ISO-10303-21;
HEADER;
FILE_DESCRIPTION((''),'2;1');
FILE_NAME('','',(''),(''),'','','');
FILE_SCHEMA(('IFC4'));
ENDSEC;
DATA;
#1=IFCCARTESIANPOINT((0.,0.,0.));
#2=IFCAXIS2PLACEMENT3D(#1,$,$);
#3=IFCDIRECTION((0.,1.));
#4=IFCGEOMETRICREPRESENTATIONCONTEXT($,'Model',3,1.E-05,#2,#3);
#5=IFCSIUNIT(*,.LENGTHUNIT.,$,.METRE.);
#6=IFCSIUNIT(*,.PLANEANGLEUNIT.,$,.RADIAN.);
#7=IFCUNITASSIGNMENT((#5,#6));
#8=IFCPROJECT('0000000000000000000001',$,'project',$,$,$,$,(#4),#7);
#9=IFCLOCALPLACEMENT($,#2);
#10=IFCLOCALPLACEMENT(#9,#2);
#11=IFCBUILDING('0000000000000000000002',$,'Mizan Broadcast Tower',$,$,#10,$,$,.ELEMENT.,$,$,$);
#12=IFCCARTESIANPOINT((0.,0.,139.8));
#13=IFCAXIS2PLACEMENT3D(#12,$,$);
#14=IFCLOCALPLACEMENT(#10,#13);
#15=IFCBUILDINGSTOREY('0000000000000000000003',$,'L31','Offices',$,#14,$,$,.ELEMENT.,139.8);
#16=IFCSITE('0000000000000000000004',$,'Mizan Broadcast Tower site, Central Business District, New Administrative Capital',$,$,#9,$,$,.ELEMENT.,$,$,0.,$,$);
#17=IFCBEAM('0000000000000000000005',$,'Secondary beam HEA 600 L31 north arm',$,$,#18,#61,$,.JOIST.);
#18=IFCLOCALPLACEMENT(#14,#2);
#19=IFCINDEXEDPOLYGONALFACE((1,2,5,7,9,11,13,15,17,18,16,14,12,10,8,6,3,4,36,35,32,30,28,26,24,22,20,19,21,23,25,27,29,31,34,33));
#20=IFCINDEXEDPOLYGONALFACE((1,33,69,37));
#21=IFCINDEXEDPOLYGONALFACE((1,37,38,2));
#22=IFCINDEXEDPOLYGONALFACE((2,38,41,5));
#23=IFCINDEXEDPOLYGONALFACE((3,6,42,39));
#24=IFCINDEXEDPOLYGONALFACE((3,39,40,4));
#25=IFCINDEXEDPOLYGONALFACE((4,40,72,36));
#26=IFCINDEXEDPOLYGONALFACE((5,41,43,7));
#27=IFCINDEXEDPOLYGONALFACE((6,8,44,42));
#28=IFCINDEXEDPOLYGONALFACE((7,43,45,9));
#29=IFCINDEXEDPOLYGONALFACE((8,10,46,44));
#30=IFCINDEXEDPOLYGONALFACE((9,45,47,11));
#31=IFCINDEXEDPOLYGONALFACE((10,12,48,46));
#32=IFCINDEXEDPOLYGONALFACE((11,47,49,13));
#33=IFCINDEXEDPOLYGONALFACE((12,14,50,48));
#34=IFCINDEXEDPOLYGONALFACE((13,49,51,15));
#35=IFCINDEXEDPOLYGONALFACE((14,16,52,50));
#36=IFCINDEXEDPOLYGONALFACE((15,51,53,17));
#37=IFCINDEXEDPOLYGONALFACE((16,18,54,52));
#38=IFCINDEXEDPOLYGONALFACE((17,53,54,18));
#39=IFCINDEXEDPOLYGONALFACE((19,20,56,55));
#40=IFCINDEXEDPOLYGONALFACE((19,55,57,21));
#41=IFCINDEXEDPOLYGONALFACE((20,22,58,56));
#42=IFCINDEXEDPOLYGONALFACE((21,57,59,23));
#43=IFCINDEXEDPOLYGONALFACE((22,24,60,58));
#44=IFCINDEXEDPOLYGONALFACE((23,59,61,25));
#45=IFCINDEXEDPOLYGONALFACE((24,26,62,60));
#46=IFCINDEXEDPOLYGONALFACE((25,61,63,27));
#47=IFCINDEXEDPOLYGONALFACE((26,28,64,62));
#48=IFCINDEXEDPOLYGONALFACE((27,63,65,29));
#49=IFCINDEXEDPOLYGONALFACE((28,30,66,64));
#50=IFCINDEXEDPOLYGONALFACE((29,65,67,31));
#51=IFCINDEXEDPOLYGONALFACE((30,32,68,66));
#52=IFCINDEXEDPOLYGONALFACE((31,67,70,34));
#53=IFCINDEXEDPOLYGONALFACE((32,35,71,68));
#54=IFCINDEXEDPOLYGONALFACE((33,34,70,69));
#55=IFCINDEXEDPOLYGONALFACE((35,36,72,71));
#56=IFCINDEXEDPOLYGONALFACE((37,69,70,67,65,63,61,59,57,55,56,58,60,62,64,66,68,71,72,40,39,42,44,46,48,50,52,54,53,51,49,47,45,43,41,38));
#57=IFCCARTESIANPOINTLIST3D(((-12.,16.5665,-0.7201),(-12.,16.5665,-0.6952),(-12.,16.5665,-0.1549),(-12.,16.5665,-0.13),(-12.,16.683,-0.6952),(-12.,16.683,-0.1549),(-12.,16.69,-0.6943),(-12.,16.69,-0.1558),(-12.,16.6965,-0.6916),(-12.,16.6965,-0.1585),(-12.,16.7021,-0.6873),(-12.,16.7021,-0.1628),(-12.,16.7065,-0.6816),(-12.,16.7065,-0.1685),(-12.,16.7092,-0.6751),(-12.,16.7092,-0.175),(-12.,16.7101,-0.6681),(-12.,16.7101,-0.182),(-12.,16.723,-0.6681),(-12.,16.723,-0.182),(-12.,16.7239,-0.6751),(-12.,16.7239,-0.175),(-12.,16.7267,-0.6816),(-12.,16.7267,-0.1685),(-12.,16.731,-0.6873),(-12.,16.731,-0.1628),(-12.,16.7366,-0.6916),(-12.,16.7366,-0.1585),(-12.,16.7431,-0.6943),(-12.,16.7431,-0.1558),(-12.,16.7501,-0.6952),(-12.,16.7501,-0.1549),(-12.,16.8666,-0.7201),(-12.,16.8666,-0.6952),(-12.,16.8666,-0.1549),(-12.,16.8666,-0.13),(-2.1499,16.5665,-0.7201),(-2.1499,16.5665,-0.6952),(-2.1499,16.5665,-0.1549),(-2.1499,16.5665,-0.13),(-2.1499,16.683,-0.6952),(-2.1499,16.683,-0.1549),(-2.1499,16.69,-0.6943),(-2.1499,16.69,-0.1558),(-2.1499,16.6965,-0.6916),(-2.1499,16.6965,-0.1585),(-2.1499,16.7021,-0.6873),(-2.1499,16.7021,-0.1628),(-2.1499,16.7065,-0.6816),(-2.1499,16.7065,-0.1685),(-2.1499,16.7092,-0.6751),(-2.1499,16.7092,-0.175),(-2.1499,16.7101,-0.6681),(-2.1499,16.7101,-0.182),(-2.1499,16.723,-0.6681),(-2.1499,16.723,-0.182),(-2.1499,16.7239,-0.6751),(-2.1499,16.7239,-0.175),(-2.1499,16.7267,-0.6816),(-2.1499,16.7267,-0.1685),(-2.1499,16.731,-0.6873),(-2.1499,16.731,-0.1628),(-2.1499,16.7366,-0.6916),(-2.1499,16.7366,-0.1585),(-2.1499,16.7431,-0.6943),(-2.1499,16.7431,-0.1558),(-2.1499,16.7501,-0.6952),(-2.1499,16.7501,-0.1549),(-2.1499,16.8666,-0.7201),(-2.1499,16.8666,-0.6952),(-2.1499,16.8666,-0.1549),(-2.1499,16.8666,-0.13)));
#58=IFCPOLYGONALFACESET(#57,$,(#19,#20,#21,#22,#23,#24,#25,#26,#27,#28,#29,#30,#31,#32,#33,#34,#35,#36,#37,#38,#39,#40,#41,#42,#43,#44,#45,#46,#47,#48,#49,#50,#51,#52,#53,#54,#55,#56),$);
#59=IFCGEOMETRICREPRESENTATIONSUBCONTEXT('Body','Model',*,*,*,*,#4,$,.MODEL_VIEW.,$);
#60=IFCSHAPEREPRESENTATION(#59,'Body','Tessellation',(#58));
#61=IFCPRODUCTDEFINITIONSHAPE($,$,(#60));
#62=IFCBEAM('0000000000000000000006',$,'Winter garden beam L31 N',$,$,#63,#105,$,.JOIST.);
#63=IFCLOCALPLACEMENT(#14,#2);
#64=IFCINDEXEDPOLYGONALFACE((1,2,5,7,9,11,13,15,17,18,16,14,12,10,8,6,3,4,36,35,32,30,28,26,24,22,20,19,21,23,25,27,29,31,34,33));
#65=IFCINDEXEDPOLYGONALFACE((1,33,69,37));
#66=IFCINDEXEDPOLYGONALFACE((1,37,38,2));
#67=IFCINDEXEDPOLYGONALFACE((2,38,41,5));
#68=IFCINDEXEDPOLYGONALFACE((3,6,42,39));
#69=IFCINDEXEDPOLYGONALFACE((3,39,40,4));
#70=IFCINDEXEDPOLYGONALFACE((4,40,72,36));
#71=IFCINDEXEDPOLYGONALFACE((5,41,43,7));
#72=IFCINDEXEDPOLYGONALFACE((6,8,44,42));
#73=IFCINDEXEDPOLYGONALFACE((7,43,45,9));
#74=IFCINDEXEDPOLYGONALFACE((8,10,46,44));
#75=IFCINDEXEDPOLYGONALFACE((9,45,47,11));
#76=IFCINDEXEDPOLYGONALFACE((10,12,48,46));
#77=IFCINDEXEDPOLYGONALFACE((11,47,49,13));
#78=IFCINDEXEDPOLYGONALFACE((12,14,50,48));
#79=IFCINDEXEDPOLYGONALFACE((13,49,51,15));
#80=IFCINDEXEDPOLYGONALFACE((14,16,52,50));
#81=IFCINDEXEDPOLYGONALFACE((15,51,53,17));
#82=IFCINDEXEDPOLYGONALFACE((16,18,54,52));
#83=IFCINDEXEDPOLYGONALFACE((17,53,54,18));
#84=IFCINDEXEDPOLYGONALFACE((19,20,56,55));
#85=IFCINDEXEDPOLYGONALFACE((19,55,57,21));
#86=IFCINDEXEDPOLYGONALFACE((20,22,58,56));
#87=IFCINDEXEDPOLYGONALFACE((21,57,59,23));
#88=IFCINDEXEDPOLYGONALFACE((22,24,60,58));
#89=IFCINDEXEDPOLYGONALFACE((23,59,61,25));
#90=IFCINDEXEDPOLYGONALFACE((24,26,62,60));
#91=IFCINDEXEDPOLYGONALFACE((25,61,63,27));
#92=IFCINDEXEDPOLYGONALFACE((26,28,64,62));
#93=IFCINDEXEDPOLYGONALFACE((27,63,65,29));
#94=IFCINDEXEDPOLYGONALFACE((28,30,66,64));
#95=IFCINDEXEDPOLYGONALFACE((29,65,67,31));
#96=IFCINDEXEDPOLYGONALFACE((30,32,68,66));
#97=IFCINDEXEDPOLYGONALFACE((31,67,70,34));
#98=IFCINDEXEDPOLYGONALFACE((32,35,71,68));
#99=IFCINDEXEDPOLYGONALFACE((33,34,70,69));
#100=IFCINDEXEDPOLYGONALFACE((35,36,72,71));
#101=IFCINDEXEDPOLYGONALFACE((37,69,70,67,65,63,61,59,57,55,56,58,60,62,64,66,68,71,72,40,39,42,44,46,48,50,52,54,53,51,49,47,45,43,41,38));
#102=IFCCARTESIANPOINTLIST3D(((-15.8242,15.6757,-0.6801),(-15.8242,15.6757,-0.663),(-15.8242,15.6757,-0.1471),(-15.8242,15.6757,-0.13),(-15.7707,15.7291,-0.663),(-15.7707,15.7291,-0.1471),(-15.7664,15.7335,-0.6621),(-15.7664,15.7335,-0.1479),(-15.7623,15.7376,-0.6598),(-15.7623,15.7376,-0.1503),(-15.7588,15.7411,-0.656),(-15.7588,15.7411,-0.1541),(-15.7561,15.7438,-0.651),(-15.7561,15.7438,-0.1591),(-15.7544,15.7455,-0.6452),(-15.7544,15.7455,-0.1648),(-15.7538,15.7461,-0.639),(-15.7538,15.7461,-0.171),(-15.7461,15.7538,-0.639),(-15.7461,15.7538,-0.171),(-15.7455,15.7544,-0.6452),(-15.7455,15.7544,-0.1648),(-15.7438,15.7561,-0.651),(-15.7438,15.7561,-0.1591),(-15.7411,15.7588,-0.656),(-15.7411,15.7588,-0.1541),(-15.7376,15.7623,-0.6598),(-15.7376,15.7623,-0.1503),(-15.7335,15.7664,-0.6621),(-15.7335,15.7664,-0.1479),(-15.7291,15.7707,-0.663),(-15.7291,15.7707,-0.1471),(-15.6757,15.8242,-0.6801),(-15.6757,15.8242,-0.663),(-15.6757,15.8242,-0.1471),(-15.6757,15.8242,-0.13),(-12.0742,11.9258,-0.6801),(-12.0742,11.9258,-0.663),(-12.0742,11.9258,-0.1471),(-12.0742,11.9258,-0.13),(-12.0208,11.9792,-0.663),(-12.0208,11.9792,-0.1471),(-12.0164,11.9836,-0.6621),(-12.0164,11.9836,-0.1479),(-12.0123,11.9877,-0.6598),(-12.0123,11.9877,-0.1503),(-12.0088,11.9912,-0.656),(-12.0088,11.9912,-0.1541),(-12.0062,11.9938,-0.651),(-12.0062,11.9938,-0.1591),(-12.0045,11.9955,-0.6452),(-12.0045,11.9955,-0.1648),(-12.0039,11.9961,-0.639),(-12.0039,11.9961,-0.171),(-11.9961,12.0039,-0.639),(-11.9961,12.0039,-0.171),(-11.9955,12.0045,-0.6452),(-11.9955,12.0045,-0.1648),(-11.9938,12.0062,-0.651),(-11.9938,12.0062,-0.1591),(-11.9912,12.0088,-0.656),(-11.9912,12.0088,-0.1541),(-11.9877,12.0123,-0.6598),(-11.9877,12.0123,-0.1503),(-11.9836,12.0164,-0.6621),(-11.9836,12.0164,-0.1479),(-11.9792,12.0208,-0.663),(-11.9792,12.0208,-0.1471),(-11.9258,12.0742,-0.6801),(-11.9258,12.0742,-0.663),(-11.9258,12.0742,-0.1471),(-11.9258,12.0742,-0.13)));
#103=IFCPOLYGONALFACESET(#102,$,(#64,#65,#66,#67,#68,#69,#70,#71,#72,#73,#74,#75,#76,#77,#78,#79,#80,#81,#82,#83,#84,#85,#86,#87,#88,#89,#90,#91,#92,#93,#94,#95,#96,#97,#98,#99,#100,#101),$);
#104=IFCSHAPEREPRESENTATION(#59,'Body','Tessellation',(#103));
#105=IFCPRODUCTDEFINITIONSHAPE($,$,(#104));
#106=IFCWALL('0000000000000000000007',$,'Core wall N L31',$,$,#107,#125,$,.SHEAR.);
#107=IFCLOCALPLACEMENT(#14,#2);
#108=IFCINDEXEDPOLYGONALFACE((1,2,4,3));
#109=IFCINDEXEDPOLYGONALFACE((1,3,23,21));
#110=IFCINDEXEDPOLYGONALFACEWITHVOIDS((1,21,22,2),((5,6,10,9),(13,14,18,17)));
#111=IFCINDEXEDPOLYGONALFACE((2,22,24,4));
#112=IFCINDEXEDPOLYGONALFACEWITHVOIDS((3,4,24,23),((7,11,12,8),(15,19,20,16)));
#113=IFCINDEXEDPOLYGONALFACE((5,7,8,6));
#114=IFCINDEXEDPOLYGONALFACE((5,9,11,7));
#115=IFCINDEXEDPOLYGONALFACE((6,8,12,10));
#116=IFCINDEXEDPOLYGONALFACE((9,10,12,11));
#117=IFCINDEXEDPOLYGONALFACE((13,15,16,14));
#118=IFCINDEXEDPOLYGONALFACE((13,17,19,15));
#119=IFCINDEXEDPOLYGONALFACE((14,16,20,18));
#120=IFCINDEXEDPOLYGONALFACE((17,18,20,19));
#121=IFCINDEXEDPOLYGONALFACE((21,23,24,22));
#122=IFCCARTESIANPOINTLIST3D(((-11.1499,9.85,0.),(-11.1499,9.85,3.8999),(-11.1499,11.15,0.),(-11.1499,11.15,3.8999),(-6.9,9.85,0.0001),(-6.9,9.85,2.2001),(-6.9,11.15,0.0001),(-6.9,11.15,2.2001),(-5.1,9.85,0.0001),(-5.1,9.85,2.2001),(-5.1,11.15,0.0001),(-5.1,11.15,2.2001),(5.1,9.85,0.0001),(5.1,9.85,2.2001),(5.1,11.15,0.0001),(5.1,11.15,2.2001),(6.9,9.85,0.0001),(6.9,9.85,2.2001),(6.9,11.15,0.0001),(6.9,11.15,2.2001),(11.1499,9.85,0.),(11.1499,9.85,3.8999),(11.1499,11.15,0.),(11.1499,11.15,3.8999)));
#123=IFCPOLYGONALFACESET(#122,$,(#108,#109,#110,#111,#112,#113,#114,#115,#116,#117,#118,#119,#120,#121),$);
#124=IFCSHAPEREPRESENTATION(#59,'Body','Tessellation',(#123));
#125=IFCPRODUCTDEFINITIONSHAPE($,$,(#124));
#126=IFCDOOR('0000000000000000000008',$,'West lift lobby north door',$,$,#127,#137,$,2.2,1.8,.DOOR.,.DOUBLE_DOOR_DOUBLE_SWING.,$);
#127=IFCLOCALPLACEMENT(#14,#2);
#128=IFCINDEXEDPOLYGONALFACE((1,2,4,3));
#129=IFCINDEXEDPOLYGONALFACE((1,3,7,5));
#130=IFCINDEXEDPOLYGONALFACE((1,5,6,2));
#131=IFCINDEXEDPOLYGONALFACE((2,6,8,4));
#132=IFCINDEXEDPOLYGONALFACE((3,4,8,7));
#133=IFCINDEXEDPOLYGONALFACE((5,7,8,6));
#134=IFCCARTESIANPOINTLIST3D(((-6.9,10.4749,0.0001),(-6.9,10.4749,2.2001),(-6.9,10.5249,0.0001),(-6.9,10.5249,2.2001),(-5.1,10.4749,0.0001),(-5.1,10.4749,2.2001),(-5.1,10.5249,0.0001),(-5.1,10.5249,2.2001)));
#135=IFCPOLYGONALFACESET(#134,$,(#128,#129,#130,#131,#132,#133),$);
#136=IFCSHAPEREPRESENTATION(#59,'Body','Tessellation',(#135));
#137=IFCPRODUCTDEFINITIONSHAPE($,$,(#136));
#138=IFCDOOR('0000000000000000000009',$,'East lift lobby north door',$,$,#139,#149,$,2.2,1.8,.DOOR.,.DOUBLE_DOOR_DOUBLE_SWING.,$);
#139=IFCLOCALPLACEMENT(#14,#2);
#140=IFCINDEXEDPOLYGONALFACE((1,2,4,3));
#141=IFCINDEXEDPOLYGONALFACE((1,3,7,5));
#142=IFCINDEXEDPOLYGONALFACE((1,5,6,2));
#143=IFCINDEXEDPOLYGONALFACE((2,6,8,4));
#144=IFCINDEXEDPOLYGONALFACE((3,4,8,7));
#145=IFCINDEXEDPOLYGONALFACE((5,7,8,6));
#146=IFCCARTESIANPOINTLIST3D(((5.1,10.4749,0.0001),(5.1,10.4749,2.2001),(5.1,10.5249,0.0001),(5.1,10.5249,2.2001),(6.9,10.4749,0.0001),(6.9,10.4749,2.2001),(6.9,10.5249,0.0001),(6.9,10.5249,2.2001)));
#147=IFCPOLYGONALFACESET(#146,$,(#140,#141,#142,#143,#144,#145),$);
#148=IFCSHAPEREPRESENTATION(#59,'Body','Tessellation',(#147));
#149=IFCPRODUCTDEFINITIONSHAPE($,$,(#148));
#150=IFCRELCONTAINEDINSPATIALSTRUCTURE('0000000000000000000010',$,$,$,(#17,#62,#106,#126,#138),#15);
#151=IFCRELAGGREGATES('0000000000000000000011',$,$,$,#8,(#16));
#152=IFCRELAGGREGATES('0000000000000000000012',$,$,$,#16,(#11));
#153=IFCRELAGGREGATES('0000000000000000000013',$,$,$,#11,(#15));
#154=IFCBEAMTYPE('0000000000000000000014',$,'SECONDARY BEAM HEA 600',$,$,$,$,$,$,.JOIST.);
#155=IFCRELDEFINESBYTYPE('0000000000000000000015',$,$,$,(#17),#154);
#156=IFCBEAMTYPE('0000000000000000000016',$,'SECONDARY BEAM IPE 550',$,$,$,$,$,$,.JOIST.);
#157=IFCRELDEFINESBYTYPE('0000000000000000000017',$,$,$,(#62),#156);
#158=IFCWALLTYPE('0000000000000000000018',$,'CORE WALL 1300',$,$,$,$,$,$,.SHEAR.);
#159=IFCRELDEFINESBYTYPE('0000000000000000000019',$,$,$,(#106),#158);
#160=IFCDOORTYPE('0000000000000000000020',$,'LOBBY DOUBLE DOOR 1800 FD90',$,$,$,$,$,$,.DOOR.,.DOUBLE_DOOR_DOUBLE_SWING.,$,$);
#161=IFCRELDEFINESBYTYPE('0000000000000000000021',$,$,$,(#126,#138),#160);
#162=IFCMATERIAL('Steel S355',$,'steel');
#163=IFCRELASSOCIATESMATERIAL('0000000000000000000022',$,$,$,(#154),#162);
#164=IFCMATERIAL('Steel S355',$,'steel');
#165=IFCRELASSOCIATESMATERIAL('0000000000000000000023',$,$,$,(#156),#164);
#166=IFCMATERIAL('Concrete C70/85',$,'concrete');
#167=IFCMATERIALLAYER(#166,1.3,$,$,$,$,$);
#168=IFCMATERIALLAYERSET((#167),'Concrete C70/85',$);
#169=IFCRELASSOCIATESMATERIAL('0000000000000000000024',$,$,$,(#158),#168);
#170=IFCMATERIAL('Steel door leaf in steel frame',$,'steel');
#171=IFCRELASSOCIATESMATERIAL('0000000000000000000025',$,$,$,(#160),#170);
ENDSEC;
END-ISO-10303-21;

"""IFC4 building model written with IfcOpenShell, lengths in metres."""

from ifc_helpers import new_model, si_unit, direction, frame, frame_2d, origin, origin_2d, place, context, subcontext, project, spatial, rectangle, i_section, extrude, material, layer, layer_set, material_profile, profile_set, type_object, element, fill, save


model = new_model("IFC4")

# Units and contexts
model_context = context("Model", 3, precision=1e-05, world=origin(), true_north=direction((0.0, 1.0)))
body_context = subcontext(model_context, "Body", "Model", "MODEL_VIEW")
ifc_project = project(units=[si_unit("LENGTHUNIT", "METRE"), si_unit("PLANEANGLEUNIT", "RADIAN")], contexts=[model_context])

# Site, building, storey
site_placement = place(None, origin())
site = spatial("IfcSite", under=ifc_project, at=site_placement, Name="Mizan Broadcast Tower site, Central Business District, New Administrative Capital", CompositionType="ELEMENT", RefElevation=0.0)
building_placement = place(site_placement, origin())
building = spatial("IfcBuilding", under=site, at=building_placement, Name="Mizan Broadcast Tower", CompositionType="ELEMENT")
storey_placement = place(building_placement, frame((0.0, 0.0, 139.8)))
storey = spatial("IfcBuildingStorey", under=building, at=storey_placement, Name="L31", Description="Offices", CompositionType="ELEMENT", Elevation=139.8)

# Beams
ifc_material_1 = material(Name="Steel S355", Category="steel")
ifc_material_profile_1 = material_profile(ifc_material_1, i_section(OverallWidth=0.3, OverallDepth=0.5901, WebThickness=0.0129, FlangeThickness=0.0249, FilletRadius=0.0271, at=origin_2d()), Name="HEA 600")
ifc_profile_set_1 = profile_set([ifc_material_profile_1], Name="Steel S355")
beam_type_1 = type_object("IfcBeamType", Name="SECONDARY BEAM HEA 600", PredefinedType="JOIST", material=ifc_profile_set_1)
for number, where, z_axis, x_axis, name in (
    (1, (-12.0, 16.7166, -0.425), (1.0, 0.0, 0.0), (0.0, 1.0, 0.0), "Secondary beam HEA 600 L31 north arm"),
):
    element("IfcBeam", number, at=place(storey_placement, frame(where, z_axis=z_axis, x_axis=x_axis)), inside=storey, type_object=beam_type_1, Name=name, PredefinedType="JOIST", context=body_context, shape_type="SweptSolid", body=[
        extrude(i_section(OverallWidth=0.3, OverallDepth=0.5901, WebThickness=0.0129, FlangeThickness=0.0249, FilletRadius=0.0271, at=origin_2d()), origin(), (0.0, 0.0, 1.0), 9.8501),
    ])
ifc_material_2 = material(Name="Steel S355", Category="steel")
ifc_material_profile_2 = material_profile(ifc_material_2, i_section(OverallWidth=0.21, OverallDepth=0.55, WebThickness=0.011, FlangeThickness=0.0171, FilletRadius=0.0239, at=origin_2d()), Name="IPE 550")
ifc_profile_set_2 = profile_set([ifc_material_profile_2], Name="Steel S355")
beam_type_2 = type_object("IfcBeamType", Name="SECONDARY BEAM IPE 550", PredefinedType="JOIST", material=ifc_profile_set_2)
beam_1_placement = place(storey_placement, frame((-12.0, 12.0, -0.405), z_axis=(-0.707107, 0.707107, 0.0), x_axis=(-0.707107, -0.707107, 0.0)))
element("IfcBeam", 2, at=beam_1_placement, inside=storey, type_object=beam_type_2, Name="Winter garden beam L31 N", PredefinedType="JOIST", context=body_context, shape_type="SweptSolid", body=[
    extrude(i_section(OverallWidth=0.21, OverallDepth=0.55, WebThickness=0.011, FlangeThickness=0.0171, FilletRadius=0.0239, at=origin_2d()), origin(), (0.0, 0.0, 1.0), 5.3032),
])

# Wall, openings, doors
ifc_material_3 = material(Name="Concrete C70/85", Category="concrete")
ifc_layer_1 = layer(ifc_material_3, 1.3)
ifc_layer_set_1 = layer_set([ifc_layer_1], Name="Concrete C70/85")
wall_type_1 = type_object("IfcWallType", Name="CORE WALL 1300", PredefinedType="SHEAR", material=ifc_layer_set_1)
wall_1_placement = place(storey_placement, frame((-11.1499, 10.5, 0.0), z_axis=(0.0, 0.0, 1.0), x_axis=(1.0, 0.0, 0.0)))
wall_1 = element("IfcWall", 3, at=wall_1_placement, inside=storey, type_object=wall_type_1, Name="Core wall N L31", PredefinedType="SHEAR", context=body_context, shape_type="SweptSolid", body=[
    extrude(rectangle(XDim=22.2998, YDim=1.3, at=frame_2d((11.1499, 0.0))), origin(), (0.0, 0.0, 1.0), 3.8999),
])
opening_1_placement = place(wall_1_placement, frame((4.25, 0.0, 0.0)))
opening_1 = element("IfcOpeningElement", 4, at=opening_1_placement, cuts=wall_1, PredefinedType="OPENING", context=body_context, shape_type="SweptSolid", body=[
    extrude(rectangle(XDim=1.8, YDim=2.2, at=frame_2d((0.8999, 1.1001))), frame((0.0, 0.6599, 0.0), z_axis=(0.0, -1.0, 0.0), x_axis=(1.0, 0.0, 0.0)), (0.0, 0.0, 1.0), 1.3201),
])
opening_2_placement = place(wall_1_placement, frame((16.25, 0.0, 0.0)))
opening_2 = element("IfcOpeningElement", 5, at=opening_2_placement, cuts=wall_1, PredefinedType="OPENING", context=body_context, shape_type="SweptSolid", body=[
    extrude(rectangle(XDim=1.8, YDim=2.2, at=frame_2d((0.8999, 1.1001))), frame((0.0, 0.6599, 0.0), z_axis=(0.0, -1.0, 0.0), x_axis=(1.0, 0.0, 0.0)), (0.0, 0.0, 1.0), 1.3201),
])
ifc_material_4 = material(Name="Steel door leaf in steel frame", Category="steel")
door_type_1 = type_object("IfcDoorType", Name="LOBBY DOUBLE DOOR 1800 FD90", OperationType="DOUBLE_DOOR_DOUBLE_SWING", PredefinedType="DOOR", material=ifc_material_4)
door_1_placement = place(opening_1_placement, origin())
door_1 = element("IfcDoor", 6, at=door_1_placement, inside=storey, type_object=door_type_1, Name="West lift lobby north door", OperationType="DOUBLE_DOOR_DOUBLE_SWING", OverallHeight=2.2, OverallWidth=1.8, PredefinedType="DOOR", context=body_context, shape_type="SweptSolid", body=[
    extrude(rectangle(XDim=1.8, YDim=2.2, at=frame_2d((0.8999, 1.1001))), frame((0.0, 0.0249, 0.0), z_axis=(0.0, -1.0, 0.0), x_axis=(1.0, 0.0, 0.0)), (0.0, 0.0, 1.0), 0.05),
])
fill(opening_1, door_1)
door_2_placement = place(opening_2_placement, origin())
door_2 = element("IfcDoor", 7, at=door_2_placement, inside=storey, type_object=door_type_1, Name="East lift lobby north door", OperationType="DOUBLE_DOOR_DOUBLE_SWING", OverallHeight=2.2, OverallWidth=1.8, PredefinedType="DOOR", context=body_context, shape_type="SweptSolid", body=[
    extrude(rectangle(XDim=1.8, YDim=2.2, at=frame_2d((0.8999, 1.1001))), frame((0.0, 0.0249, 0.0), z_axis=(0.0, -1.0, 0.0), x_axis=(1.0, 0.0, 0.0)), (0.0, 0.0, 1.0), 0.05),
])
fill(opening_2, door_2)

save(model, "model.ifc")
